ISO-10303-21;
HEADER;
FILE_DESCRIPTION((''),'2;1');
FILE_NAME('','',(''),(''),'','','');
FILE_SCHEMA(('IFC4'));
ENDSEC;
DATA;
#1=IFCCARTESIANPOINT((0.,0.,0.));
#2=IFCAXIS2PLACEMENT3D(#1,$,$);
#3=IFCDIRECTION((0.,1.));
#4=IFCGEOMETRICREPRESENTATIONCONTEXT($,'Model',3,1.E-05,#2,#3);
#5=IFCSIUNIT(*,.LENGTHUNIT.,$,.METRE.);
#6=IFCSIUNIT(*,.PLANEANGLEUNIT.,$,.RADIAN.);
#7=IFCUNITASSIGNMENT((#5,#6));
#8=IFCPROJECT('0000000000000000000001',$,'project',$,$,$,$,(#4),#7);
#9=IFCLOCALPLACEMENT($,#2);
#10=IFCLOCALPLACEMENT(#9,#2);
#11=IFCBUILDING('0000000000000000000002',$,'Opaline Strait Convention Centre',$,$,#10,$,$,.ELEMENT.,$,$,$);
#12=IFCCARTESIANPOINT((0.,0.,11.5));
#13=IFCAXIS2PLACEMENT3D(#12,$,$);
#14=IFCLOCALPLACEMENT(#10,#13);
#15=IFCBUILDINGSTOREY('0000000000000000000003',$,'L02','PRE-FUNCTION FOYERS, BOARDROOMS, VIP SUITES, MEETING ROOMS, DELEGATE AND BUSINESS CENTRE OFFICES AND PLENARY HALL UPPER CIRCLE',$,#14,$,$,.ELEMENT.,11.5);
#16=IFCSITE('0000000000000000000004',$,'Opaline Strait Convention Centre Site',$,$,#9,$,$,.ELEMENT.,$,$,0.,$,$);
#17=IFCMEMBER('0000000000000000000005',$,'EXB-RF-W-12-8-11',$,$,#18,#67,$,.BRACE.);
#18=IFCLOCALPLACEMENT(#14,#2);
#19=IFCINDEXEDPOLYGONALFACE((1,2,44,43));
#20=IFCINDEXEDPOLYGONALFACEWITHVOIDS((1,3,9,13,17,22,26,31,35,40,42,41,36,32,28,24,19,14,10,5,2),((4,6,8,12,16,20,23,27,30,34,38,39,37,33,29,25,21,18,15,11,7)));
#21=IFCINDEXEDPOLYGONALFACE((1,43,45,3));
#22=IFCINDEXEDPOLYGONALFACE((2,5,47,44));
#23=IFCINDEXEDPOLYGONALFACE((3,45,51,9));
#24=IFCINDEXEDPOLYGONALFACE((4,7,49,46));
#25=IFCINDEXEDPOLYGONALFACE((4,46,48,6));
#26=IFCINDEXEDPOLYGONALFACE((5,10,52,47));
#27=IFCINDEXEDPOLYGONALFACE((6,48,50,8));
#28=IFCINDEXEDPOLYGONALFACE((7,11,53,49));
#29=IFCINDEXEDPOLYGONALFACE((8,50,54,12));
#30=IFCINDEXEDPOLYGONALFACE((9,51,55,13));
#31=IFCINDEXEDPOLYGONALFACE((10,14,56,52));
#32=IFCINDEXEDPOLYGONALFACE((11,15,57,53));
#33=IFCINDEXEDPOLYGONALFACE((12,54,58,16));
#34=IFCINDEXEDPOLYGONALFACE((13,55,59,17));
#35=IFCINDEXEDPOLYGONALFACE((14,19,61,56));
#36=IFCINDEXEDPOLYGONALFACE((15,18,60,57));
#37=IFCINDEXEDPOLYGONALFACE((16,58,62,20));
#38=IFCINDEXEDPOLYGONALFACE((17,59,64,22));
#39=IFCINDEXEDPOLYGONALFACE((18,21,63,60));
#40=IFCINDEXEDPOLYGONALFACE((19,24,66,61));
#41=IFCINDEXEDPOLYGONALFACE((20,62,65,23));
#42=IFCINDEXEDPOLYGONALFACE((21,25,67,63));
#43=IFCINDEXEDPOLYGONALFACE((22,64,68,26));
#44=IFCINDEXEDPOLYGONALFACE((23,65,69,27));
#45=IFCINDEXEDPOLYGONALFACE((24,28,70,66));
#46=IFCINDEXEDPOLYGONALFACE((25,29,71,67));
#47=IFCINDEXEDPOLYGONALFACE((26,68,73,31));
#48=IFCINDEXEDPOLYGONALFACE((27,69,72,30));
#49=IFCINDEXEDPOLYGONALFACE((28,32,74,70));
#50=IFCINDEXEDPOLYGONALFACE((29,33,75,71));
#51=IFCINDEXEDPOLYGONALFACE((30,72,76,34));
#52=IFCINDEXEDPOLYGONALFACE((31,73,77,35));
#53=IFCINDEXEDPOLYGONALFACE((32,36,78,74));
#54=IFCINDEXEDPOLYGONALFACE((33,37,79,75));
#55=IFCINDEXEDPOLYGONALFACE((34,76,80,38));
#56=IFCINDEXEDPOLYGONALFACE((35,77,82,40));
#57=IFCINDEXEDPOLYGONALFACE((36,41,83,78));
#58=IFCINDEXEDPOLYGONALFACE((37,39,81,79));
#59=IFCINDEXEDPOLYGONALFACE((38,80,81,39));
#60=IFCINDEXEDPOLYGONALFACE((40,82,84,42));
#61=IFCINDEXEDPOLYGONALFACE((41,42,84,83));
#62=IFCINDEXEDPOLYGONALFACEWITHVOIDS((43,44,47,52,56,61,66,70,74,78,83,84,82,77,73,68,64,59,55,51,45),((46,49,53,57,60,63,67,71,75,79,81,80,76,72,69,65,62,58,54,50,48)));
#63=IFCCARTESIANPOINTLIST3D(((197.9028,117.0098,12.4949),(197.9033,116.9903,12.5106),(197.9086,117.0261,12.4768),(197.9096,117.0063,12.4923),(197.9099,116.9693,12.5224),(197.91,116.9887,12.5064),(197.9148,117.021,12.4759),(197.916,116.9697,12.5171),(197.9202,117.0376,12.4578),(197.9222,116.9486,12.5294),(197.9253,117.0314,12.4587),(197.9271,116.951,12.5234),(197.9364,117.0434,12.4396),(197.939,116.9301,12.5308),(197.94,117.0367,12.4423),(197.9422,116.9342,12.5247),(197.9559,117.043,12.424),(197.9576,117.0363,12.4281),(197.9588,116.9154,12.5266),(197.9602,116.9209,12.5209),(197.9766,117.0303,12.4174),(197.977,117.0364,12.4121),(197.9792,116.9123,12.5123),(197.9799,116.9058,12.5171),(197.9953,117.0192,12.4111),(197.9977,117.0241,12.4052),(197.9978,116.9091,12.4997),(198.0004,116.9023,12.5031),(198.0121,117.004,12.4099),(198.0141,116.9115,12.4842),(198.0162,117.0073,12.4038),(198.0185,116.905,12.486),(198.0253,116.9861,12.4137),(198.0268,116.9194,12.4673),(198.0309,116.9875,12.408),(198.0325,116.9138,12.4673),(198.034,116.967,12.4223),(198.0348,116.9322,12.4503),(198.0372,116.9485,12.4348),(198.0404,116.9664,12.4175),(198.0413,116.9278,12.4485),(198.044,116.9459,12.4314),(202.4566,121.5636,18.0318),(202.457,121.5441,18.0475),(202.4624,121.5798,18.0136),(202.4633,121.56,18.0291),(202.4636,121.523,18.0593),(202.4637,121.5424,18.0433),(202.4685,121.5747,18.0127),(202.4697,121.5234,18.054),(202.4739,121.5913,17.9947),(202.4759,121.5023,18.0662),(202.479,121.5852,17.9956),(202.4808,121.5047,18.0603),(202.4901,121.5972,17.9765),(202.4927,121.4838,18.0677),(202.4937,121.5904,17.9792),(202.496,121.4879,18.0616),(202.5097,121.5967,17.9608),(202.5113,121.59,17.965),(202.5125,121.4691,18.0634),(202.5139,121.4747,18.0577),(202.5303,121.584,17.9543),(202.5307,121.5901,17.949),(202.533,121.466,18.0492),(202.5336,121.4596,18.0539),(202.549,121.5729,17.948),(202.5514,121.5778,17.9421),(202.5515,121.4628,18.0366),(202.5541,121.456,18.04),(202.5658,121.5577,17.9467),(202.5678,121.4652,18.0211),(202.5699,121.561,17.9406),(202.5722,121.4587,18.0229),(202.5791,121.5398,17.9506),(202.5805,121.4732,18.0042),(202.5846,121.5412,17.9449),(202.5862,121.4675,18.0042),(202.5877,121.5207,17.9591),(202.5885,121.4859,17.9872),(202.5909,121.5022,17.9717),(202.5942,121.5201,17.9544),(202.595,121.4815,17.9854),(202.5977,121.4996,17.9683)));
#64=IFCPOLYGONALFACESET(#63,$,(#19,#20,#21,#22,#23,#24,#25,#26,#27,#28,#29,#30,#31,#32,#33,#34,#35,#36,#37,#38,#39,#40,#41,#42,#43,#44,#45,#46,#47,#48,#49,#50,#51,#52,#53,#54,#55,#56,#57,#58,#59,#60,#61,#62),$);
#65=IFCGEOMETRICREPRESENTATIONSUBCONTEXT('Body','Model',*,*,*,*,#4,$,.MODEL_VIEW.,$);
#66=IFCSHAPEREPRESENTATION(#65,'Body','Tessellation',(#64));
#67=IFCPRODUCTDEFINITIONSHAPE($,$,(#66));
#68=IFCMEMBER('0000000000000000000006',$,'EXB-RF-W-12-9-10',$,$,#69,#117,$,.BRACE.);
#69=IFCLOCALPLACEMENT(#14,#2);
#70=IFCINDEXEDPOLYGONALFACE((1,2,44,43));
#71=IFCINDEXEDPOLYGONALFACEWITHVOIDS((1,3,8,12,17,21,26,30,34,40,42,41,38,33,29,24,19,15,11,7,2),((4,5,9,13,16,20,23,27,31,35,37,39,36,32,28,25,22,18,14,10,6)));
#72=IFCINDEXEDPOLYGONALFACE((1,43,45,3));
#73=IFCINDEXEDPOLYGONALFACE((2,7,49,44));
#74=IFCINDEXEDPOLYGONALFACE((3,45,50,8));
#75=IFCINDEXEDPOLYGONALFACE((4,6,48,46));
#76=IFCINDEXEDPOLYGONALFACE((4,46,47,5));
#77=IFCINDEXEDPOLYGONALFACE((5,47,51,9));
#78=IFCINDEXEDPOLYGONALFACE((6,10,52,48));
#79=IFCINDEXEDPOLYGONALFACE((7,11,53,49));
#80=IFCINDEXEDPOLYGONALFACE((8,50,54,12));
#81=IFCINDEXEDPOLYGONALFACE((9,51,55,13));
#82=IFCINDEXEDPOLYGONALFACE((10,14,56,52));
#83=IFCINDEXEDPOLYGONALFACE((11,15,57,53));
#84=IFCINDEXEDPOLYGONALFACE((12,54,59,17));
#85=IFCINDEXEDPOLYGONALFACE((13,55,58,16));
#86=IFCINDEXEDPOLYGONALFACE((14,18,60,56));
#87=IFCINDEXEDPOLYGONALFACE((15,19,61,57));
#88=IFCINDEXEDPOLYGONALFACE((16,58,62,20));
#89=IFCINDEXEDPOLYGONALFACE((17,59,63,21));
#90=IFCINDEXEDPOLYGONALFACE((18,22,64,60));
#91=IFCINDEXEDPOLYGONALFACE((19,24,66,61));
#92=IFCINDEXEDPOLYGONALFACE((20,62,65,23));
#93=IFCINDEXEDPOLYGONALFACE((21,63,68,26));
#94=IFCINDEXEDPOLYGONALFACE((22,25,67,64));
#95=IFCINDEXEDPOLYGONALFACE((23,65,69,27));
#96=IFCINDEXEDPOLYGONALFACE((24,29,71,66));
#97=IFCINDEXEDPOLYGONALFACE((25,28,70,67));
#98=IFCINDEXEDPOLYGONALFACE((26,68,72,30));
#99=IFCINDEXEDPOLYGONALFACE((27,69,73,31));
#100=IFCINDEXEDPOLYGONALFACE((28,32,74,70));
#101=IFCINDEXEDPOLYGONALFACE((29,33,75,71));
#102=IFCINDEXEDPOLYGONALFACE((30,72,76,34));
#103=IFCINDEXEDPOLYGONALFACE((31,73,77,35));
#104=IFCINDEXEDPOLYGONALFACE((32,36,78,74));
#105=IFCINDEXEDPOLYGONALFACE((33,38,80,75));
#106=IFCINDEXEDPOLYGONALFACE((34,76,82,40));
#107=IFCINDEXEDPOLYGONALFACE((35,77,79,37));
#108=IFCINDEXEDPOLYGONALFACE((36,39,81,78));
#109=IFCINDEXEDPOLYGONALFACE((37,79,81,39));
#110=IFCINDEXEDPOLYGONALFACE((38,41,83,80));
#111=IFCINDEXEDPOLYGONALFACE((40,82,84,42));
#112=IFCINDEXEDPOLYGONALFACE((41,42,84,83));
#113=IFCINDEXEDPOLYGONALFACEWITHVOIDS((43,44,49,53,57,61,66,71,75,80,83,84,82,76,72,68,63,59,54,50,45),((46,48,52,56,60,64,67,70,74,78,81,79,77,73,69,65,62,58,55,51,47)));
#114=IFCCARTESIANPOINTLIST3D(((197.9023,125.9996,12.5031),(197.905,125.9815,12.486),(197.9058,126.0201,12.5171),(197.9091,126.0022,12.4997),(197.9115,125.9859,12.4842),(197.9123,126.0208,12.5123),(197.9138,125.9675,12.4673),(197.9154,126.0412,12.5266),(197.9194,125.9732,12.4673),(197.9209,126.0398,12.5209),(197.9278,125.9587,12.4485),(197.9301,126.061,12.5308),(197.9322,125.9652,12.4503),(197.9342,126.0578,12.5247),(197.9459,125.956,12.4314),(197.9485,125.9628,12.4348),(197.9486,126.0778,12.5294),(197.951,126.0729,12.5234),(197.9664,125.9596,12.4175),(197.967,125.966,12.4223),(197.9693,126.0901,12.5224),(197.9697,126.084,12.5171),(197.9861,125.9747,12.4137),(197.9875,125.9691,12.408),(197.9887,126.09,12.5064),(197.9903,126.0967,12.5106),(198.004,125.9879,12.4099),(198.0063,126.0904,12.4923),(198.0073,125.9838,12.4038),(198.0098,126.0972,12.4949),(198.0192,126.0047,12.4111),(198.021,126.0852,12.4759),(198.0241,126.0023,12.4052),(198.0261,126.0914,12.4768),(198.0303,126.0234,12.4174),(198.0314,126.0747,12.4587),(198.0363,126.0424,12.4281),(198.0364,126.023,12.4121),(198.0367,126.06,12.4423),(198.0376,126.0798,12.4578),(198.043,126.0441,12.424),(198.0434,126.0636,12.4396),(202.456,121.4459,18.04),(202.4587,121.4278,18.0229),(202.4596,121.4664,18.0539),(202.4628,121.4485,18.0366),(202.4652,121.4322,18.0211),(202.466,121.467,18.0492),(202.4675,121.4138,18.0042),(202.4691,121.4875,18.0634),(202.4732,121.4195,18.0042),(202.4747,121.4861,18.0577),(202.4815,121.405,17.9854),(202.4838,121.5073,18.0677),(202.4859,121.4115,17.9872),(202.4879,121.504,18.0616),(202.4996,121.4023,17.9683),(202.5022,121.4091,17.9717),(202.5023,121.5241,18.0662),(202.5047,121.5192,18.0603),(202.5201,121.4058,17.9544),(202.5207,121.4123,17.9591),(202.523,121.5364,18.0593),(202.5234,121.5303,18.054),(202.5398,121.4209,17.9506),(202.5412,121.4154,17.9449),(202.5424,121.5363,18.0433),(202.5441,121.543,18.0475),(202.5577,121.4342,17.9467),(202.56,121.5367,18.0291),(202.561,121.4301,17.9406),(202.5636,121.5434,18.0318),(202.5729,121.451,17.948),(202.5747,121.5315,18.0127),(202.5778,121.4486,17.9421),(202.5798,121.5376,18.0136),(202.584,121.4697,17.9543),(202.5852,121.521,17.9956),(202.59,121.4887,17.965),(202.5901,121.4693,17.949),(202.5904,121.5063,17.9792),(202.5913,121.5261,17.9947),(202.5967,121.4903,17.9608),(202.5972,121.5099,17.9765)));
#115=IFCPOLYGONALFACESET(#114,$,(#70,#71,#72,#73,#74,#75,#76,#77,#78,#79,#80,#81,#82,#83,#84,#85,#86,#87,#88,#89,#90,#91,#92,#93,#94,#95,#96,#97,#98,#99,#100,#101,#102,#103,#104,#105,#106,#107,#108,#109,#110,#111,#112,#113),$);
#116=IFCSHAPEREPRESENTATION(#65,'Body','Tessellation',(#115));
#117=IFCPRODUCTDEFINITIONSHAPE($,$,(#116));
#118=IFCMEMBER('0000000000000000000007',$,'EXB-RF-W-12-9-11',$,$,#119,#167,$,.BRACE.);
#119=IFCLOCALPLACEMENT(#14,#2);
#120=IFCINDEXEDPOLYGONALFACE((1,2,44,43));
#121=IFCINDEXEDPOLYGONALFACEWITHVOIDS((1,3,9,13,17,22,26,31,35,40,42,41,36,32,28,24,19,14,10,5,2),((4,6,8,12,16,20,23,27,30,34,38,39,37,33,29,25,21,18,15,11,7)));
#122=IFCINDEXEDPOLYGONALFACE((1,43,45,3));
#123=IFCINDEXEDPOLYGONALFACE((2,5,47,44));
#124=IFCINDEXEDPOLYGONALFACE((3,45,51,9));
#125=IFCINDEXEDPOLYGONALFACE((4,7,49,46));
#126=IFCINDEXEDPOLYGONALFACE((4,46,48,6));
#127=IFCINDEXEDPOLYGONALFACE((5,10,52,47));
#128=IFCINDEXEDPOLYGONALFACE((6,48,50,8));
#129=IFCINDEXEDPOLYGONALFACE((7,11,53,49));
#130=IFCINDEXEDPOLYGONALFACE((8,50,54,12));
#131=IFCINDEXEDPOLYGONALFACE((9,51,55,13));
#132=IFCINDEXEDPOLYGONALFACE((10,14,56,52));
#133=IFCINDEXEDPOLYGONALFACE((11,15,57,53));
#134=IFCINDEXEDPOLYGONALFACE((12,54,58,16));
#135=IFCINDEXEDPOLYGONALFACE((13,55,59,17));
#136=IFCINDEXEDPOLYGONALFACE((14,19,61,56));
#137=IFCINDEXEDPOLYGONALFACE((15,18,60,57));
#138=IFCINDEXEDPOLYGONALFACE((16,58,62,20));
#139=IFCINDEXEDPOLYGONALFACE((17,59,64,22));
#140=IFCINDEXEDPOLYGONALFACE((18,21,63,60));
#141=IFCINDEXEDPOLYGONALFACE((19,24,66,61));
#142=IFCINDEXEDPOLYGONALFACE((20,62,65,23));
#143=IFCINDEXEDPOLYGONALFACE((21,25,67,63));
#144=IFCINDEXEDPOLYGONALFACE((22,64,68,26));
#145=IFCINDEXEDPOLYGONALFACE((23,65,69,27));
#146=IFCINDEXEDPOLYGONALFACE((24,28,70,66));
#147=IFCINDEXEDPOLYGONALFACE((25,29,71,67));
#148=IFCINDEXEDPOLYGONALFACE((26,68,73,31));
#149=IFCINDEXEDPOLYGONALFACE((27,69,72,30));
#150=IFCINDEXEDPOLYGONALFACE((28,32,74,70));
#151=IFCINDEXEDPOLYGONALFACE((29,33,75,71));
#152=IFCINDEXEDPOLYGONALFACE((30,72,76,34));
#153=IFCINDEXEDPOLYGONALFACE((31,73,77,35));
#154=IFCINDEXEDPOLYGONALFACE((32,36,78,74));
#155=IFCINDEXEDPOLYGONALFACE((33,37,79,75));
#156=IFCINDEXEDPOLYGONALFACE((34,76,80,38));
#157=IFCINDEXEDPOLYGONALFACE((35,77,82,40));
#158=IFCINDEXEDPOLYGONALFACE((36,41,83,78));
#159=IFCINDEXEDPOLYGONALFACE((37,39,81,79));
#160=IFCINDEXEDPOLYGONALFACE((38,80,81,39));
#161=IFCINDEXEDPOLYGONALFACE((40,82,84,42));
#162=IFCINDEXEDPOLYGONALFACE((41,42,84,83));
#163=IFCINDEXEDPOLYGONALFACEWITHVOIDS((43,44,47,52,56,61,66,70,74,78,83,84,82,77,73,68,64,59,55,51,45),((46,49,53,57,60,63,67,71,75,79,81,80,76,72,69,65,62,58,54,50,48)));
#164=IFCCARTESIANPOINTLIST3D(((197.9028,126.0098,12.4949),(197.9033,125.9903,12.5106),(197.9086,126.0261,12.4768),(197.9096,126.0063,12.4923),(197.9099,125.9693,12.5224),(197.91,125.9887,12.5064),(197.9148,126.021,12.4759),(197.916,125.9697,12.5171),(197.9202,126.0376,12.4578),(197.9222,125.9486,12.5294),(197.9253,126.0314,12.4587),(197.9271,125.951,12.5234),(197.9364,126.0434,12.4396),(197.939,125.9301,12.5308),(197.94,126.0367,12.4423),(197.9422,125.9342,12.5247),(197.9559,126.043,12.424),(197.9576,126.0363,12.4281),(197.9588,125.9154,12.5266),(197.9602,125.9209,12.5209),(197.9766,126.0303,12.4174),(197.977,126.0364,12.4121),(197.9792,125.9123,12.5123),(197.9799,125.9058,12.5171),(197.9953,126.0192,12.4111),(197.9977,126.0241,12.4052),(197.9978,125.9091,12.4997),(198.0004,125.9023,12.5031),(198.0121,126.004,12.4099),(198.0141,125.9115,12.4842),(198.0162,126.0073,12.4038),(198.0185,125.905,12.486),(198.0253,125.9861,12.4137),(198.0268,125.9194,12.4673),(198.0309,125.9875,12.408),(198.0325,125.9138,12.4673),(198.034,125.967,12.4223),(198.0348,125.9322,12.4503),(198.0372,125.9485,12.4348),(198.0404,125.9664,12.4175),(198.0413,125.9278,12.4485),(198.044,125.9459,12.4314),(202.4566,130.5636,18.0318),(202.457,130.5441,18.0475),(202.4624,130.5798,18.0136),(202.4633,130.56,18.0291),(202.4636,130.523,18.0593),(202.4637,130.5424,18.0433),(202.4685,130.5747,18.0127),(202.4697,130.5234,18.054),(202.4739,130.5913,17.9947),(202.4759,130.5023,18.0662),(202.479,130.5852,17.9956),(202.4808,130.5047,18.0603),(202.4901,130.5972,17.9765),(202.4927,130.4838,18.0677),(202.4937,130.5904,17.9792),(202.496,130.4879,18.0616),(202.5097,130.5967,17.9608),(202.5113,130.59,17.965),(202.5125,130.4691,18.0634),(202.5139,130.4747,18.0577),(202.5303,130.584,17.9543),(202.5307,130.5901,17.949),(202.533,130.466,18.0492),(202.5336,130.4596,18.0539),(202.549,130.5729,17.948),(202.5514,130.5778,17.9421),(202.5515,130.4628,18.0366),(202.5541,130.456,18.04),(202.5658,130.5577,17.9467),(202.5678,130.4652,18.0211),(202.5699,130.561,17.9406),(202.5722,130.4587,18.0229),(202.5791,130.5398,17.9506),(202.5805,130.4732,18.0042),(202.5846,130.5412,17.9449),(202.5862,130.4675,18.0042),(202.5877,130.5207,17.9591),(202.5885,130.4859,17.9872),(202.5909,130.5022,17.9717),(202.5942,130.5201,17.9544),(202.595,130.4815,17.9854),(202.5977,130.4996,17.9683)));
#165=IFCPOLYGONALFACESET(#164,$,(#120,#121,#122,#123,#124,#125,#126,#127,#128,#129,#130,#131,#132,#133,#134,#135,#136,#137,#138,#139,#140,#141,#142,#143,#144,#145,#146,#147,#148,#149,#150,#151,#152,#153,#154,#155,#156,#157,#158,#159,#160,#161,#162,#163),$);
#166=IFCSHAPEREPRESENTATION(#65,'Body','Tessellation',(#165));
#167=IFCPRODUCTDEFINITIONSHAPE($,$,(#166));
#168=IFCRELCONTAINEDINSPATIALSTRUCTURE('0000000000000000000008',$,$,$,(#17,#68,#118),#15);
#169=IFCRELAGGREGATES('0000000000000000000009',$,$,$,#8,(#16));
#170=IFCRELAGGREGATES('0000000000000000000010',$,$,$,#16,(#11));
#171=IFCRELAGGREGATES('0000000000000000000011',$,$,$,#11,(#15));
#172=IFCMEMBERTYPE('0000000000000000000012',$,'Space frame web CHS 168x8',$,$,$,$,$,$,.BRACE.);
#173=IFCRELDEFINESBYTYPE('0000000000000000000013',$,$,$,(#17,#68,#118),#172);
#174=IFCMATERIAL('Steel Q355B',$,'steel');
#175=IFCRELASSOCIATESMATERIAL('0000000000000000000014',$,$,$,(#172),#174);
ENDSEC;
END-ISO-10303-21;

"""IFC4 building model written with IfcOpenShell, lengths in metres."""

from ifc_helpers import new_model, si_unit, direction, frame, origin, origin_2d, place, context, subcontext, project, spatial, hollow_circle, extrude, material, material_profile, profile_set, type_object, element, save


model = new_model("IFC4")

# Units and contexts
model_context = context("Model", 3, precision=1e-05, world=origin(), true_north=direction((0.0, 1.0)))
body_context = subcontext(model_context, "Body", "Model", "MODEL_VIEW")
ifc_project = project(units=[si_unit("LENGTHUNIT", "METRE"), si_unit("PLANEANGLEUNIT", "RADIAN")], contexts=[model_context])

# Site, building, storey
site_placement = place(None, origin())
site = spatial("IfcSite", under=ifc_project, at=site_placement, Name="Opaline Strait Convention Centre Site", CompositionType="ELEMENT", RefElevation=0.0)
building_placement = place(site_placement, origin())
building = spatial("IfcBuilding", under=site, at=building_placement, Name="Opaline Strait Convention Centre", CompositionType="ELEMENT")
storey_placement = place(building_placement, frame((0.0, 0.0, 11.5)))
storey = spatial("IfcBuildingStorey", under=building, at=storey_placement, Name="L02", Description="PRE-FUNCTION FOYERS, BOARDROOMS, VIP SUITES, MEETING ROOMS, DELEGATE AND BUSINESS CENTRE OFFICES AND PLENARY HALL UPPER CIRCLE", CompositionType="ELEMENT", Elevation=11.5)

# Members
ifc_material = material(Name="Steel Q355B", Category="steel")
ifc_material_profile_1 = material_profile(ifc_material, hollow_circle(Radius=0.084, WallThickness=0.0081, at=origin_2d()), Name="CHS 168x8")
ifc_profile_set_1 = profile_set([ifc_material_profile_1], Name="Steel Q355B")
member_type_1 = type_object("IfcMemberType", Name="Space frame web CHS 168x8", PredefinedType="BRACE", material=ifc_profile_set_1)
for number, where, z_axis, x_axis, name in (
    (1, (202.5269, 121.5269, 18.0042), (-0.536178, -0.536178, -0.65194), (0.707107, -0.707107, 0.0), "EXB-RF-W-12-8-11"),
    (2, (202.5269, 121.4731, 18.0042), (-0.536178, 0.536178, -0.65194), (-0.707107, -0.707107, 0.0), "EXB-RF-W-12-9-10"),
    (3, (202.5269, 130.5269, 18.0042), (-0.536178, -0.536178, -0.65194), (0.707107, -0.707107, 0.0), "EXB-RF-W-12-9-11"),
):
    element("IfcMember", number, at=place(storey_placement, frame(where, z_axis=z_axis, x_axis=x_axis)), inside=storey, type_object=member_type_1, Name=name, PredefinedType="BRACE", context=body_context, shape_type="SweptSolid", body=[
        extrude(hollow_circle(Radius=0.084, WallThickness=0.0081, at=origin_2d()), origin(), (0.0, 0.0, 1.0), 8.4929),
    ])

save(model, "model.ifc")
